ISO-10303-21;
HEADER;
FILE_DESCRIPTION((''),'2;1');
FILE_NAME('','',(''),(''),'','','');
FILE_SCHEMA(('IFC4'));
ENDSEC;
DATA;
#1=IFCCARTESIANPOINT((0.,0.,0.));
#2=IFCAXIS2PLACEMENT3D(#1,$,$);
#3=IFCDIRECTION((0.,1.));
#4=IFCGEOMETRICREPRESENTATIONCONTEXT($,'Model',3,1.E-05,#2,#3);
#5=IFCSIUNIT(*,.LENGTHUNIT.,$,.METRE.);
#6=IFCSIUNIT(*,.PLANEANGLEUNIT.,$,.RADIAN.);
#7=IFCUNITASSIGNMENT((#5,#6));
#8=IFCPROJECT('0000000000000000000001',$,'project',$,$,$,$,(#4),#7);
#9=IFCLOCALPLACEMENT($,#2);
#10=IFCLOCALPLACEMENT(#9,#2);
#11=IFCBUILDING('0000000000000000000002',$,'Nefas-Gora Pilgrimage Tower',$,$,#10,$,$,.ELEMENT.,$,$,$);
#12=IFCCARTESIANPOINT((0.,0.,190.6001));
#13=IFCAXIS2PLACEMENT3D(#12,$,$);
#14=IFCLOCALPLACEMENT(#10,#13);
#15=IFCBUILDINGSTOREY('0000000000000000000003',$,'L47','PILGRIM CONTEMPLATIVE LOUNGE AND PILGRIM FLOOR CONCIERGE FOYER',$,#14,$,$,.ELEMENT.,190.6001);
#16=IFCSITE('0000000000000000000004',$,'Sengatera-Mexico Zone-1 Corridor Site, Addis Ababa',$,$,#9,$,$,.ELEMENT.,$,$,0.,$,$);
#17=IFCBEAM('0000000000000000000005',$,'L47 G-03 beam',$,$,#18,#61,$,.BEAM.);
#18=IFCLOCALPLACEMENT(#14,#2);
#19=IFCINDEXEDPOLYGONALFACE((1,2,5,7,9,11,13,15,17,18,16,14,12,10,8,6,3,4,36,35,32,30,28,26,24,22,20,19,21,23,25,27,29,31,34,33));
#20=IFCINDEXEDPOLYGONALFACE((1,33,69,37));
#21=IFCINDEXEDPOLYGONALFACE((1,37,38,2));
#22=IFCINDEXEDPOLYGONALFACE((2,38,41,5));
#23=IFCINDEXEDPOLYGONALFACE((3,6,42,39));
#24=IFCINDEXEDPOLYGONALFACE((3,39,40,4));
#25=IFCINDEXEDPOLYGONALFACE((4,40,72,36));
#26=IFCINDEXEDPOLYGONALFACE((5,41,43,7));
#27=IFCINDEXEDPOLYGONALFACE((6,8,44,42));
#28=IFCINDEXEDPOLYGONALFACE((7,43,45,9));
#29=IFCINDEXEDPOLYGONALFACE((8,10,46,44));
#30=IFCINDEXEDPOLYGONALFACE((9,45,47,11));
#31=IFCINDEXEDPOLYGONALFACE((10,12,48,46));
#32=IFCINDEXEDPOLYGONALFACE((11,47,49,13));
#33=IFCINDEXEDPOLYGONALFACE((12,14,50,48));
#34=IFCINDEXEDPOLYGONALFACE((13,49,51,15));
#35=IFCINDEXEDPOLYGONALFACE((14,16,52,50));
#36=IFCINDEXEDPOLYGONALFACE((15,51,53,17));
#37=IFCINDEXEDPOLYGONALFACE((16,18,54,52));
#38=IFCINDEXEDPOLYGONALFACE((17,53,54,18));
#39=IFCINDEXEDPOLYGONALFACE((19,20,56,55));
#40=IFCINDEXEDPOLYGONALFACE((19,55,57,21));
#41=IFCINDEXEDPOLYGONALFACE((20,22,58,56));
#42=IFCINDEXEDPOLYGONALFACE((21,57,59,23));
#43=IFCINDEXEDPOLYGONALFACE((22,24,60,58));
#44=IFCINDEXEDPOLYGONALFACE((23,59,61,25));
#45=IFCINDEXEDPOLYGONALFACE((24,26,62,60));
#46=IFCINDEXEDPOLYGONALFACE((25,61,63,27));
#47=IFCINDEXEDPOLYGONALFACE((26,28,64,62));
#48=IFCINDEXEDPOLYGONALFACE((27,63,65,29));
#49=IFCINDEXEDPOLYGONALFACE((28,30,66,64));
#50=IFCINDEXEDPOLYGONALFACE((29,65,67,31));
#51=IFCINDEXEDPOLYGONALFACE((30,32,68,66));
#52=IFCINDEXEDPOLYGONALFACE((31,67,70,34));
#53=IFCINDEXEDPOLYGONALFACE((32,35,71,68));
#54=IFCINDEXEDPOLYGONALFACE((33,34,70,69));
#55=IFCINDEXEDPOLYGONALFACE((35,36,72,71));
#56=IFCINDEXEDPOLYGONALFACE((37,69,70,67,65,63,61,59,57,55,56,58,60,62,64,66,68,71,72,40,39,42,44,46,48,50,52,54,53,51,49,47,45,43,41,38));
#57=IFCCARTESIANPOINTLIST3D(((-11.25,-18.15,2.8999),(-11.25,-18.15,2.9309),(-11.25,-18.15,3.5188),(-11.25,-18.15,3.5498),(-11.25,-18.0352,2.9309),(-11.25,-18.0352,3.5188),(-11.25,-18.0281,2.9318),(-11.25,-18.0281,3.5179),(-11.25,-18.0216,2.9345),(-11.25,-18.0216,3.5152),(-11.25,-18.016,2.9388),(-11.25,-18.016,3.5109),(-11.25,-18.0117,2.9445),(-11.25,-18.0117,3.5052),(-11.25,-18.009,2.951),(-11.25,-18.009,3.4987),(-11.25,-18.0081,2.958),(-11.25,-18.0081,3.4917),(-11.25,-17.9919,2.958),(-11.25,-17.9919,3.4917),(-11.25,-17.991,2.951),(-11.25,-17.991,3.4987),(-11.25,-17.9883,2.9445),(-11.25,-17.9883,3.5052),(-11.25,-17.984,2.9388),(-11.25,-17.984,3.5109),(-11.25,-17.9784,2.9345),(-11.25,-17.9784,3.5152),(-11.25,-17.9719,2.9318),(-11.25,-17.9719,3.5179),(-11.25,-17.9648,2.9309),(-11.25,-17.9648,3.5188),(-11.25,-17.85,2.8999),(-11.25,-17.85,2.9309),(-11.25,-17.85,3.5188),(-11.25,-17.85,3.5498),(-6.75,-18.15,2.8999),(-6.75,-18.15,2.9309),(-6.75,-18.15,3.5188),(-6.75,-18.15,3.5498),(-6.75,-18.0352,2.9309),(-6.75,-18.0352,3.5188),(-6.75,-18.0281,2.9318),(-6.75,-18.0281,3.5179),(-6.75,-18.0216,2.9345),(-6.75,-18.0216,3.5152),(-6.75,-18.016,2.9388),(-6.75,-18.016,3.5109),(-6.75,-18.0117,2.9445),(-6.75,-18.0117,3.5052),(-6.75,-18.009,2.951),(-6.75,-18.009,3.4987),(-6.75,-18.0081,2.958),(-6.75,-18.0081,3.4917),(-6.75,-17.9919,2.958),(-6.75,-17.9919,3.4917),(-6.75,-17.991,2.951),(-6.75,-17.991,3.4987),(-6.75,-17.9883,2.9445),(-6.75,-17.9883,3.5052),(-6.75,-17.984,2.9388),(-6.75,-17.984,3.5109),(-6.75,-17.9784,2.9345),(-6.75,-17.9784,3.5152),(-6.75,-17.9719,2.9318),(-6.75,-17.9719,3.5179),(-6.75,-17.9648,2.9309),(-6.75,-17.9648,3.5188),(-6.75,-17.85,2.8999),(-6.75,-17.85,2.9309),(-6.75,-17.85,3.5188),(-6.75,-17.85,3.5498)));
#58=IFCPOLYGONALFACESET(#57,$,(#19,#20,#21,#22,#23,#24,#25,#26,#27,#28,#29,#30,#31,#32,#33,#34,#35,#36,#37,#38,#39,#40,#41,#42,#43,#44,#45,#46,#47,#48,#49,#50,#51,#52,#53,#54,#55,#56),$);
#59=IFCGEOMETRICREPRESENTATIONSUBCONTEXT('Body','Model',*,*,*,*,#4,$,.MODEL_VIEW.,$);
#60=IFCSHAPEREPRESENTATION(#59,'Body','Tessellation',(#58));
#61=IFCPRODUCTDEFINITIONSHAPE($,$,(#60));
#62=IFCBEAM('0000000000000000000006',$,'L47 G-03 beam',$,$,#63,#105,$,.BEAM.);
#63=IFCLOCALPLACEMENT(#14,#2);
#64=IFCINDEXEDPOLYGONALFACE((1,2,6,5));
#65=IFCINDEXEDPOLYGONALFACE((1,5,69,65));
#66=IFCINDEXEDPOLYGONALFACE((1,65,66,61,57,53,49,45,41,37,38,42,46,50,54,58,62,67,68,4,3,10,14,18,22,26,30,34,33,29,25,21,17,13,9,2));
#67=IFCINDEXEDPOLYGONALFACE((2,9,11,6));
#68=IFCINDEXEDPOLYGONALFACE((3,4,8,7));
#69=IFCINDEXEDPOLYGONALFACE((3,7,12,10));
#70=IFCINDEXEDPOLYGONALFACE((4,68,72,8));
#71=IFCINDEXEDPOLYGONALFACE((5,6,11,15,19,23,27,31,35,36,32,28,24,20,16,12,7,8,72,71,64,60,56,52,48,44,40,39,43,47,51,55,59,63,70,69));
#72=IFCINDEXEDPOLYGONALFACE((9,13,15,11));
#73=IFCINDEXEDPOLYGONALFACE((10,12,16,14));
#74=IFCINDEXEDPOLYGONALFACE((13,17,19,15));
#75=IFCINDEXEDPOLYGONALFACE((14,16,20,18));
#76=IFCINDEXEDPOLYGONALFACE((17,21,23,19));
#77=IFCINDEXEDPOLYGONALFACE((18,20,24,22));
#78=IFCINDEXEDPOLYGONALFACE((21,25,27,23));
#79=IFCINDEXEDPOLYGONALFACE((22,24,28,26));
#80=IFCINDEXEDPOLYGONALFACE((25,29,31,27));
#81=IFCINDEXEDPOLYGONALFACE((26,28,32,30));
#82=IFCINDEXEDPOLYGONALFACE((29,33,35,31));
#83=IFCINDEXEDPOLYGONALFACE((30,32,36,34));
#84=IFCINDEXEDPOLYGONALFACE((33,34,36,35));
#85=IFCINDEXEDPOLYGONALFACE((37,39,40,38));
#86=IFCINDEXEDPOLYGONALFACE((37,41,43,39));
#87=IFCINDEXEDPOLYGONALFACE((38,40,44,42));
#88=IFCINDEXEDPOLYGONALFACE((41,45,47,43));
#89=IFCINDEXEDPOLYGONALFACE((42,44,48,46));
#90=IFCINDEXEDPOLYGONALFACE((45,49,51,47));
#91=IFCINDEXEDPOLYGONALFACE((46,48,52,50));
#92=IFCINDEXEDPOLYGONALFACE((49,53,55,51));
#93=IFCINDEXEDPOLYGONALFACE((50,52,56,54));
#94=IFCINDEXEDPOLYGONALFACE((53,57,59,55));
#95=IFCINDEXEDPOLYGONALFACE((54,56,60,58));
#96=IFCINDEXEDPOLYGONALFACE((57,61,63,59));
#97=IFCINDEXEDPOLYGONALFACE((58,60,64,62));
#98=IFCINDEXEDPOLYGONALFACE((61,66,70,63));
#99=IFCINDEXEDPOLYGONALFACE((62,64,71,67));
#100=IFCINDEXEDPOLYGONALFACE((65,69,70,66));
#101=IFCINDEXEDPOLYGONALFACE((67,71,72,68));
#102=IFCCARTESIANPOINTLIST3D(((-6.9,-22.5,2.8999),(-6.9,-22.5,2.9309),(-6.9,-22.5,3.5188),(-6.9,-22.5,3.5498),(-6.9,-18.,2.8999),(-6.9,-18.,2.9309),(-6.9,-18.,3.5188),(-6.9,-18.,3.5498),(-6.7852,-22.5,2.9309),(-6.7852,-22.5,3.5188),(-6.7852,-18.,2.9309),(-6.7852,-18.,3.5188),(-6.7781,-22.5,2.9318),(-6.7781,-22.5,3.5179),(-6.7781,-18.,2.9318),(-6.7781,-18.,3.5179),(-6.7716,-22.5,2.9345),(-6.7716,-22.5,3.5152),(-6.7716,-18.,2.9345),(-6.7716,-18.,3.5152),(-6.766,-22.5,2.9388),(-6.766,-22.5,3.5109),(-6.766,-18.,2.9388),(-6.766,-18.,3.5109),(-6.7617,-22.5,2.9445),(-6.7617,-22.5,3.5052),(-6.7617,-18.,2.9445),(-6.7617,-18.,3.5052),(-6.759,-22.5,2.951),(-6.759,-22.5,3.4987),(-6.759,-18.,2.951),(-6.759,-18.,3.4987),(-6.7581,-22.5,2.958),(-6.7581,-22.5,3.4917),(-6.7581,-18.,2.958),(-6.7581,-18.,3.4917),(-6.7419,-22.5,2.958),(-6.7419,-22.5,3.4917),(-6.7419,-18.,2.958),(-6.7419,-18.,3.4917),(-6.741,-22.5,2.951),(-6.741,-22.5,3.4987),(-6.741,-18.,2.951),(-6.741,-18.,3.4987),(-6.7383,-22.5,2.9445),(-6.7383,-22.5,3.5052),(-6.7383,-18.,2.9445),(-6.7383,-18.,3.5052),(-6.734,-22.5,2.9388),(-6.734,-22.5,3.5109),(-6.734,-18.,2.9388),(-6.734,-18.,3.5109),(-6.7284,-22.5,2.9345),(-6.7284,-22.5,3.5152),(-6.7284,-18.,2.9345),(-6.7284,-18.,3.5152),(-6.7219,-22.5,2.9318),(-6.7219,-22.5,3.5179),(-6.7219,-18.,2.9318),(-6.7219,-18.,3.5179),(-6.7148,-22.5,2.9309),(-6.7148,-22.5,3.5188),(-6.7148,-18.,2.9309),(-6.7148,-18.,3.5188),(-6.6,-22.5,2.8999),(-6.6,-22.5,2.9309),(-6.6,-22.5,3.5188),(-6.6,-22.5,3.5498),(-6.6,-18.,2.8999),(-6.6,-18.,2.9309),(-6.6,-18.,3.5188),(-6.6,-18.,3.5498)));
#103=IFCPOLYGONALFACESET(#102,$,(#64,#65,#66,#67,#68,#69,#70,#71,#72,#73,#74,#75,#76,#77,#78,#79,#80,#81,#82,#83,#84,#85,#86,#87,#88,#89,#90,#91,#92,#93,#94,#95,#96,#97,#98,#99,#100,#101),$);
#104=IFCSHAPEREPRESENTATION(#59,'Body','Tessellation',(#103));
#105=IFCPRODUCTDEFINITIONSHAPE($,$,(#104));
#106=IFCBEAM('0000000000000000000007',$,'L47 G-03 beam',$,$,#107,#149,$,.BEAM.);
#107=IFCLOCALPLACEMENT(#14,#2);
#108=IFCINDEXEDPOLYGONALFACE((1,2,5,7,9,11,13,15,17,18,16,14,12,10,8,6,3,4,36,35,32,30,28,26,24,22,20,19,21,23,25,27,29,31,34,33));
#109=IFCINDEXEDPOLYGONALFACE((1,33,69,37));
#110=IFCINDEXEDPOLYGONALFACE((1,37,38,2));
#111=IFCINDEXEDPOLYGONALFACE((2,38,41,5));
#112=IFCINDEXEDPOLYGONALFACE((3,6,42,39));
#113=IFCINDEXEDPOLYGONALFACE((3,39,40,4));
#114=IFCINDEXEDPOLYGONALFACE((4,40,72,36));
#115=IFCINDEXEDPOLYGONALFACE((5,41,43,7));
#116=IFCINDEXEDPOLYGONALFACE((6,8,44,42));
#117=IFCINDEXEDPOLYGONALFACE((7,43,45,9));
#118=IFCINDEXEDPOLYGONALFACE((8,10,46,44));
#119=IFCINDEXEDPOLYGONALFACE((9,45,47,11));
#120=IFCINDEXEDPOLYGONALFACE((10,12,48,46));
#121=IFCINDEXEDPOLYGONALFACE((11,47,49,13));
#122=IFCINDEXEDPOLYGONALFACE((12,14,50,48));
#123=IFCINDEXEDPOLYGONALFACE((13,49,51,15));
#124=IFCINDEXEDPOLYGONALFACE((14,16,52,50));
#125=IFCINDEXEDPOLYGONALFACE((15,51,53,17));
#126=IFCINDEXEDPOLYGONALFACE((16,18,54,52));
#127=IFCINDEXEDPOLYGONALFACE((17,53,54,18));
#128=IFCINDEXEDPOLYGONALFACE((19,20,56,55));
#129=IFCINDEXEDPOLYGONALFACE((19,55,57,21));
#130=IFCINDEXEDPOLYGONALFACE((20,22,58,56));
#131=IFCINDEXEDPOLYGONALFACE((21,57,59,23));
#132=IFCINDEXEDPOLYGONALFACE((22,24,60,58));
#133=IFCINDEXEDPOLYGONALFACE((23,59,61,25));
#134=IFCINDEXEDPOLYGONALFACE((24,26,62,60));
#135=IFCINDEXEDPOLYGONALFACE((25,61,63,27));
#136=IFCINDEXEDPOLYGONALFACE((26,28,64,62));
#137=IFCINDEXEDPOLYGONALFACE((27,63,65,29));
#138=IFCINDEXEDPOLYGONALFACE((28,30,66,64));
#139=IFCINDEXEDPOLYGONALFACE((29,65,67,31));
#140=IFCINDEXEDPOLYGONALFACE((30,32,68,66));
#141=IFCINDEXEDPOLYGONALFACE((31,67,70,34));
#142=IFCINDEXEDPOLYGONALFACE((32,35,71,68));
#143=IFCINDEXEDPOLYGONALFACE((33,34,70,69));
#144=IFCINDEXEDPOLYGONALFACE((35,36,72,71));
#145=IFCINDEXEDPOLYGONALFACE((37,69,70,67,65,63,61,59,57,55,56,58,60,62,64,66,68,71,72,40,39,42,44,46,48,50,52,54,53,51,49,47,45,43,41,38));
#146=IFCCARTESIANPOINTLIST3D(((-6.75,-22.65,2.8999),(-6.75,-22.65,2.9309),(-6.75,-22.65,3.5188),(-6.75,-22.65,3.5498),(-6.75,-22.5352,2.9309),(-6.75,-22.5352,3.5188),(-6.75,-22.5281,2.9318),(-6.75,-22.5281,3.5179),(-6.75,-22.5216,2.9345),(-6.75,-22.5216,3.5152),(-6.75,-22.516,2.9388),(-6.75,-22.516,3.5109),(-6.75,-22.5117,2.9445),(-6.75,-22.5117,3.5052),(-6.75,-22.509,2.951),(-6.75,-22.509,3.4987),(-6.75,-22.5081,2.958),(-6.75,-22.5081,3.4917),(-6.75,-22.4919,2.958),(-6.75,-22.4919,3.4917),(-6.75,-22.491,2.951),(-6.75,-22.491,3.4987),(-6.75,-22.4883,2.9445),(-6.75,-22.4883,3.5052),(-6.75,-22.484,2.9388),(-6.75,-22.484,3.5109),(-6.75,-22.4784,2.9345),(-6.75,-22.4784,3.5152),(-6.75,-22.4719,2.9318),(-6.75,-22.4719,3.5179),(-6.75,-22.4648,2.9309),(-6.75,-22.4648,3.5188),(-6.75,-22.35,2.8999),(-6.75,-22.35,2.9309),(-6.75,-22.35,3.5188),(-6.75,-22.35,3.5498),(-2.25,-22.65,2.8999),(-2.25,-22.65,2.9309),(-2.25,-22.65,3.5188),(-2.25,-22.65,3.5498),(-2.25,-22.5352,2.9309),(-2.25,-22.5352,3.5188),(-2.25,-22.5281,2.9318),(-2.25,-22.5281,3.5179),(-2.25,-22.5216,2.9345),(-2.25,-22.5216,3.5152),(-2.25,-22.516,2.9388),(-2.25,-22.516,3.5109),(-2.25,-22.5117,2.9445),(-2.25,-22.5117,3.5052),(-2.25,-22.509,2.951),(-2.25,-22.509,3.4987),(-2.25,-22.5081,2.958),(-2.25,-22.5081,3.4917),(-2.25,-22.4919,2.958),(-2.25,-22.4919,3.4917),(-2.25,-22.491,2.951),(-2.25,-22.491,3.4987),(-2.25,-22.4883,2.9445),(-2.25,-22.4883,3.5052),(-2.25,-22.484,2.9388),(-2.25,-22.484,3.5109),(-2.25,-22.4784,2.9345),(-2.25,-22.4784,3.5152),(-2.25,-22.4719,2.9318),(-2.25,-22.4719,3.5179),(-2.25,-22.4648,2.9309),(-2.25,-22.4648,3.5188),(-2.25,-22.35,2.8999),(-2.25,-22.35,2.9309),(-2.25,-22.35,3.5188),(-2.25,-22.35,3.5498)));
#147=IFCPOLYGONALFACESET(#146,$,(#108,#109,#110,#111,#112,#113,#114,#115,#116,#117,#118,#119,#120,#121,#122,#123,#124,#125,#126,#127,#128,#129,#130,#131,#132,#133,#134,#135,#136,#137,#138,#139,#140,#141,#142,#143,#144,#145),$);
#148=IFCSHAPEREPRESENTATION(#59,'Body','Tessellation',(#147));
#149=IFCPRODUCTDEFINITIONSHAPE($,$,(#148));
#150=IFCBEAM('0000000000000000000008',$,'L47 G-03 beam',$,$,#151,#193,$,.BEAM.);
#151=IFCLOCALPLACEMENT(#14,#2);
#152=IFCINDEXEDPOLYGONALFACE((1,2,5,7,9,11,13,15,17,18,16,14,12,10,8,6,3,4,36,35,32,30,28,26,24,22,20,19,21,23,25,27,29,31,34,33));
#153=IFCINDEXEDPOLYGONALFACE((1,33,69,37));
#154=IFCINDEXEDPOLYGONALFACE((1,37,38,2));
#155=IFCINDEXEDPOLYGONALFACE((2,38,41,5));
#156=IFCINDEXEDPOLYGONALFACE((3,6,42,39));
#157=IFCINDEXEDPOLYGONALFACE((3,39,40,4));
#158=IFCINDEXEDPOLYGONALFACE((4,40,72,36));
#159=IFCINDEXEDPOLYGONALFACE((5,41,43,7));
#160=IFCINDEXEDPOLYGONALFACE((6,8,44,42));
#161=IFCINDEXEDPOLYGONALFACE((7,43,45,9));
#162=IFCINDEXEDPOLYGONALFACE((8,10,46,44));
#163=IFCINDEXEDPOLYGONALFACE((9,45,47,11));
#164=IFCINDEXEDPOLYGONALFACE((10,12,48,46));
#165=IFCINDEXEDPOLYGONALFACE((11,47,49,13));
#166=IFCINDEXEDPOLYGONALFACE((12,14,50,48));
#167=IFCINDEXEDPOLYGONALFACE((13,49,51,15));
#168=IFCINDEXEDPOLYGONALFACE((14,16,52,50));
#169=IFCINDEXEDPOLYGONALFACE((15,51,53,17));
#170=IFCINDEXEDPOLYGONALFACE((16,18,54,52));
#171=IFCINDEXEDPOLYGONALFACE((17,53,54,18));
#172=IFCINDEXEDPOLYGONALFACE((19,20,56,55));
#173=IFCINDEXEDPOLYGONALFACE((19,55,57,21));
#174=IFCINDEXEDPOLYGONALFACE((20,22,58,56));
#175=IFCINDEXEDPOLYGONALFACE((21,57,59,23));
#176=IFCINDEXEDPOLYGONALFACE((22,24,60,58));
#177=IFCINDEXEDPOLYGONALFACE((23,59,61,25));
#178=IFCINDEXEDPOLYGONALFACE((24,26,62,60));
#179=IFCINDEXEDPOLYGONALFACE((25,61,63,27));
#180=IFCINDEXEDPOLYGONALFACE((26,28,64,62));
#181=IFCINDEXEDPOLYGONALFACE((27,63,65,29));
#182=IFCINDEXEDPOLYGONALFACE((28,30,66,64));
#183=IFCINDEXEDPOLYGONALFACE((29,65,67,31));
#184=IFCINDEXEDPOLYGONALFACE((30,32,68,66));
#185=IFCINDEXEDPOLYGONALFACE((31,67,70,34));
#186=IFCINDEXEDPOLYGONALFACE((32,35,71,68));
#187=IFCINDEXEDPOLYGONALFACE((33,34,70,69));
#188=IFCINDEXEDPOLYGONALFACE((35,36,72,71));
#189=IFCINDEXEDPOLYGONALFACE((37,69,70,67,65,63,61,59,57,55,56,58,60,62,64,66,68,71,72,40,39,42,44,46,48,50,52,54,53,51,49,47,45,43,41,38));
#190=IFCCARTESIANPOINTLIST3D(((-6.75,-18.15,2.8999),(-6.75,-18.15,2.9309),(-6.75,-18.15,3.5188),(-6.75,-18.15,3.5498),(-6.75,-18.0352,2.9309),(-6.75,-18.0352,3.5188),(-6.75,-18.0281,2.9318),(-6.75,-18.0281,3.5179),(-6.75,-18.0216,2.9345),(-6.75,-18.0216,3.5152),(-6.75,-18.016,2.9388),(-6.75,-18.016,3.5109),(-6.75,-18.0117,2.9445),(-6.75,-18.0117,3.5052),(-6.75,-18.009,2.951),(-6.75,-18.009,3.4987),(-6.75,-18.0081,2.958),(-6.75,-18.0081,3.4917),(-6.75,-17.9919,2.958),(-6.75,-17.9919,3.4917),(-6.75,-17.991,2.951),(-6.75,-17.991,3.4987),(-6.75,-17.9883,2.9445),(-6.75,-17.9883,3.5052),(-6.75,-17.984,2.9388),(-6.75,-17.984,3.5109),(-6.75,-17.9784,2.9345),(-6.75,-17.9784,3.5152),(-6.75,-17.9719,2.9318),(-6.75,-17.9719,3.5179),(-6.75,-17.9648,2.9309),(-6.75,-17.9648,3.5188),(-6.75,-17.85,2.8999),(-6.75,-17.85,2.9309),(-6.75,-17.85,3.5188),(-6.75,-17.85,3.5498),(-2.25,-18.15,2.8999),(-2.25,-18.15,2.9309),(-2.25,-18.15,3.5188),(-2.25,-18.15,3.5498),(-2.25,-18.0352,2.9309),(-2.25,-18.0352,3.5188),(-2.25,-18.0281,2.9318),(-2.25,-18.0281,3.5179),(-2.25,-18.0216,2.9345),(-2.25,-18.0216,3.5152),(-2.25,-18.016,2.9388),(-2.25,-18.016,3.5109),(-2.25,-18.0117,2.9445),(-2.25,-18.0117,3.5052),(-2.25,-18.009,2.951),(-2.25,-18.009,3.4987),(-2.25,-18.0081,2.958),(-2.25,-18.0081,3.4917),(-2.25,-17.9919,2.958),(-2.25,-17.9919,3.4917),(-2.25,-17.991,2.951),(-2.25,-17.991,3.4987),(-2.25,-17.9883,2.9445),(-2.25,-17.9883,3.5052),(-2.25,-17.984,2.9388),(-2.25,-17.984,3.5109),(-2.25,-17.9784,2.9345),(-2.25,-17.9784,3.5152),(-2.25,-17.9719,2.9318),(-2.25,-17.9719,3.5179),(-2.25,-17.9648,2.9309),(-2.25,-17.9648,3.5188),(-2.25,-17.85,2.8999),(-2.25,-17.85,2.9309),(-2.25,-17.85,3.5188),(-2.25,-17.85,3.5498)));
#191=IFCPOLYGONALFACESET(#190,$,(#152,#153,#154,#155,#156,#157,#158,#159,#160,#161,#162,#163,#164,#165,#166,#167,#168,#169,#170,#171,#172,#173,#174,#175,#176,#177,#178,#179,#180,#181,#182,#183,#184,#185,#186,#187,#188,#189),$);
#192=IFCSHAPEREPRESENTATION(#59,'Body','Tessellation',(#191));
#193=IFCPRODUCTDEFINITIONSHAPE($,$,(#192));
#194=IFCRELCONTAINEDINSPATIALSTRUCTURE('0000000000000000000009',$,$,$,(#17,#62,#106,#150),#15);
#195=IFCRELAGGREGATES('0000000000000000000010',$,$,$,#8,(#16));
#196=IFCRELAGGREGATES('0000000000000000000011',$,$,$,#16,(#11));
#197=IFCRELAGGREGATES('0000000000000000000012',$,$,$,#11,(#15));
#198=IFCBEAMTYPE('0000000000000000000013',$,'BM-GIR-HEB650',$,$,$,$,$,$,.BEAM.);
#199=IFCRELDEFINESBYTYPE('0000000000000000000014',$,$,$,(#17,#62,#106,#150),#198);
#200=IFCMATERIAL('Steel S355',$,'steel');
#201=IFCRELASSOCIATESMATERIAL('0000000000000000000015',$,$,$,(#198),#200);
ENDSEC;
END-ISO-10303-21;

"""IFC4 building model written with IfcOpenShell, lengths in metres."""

from ifc_helpers import new_model, si_unit, direction, frame, origin, origin_2d, place, context, subcontext, project, spatial, i_section, extrude, source, transform, mapped, material, material_profile, profile_set, type_object, element, save


model = new_model("IFC4")

# Units and contexts
model_context = context("Model", 3, precision=1e-05, world=origin(), true_north=direction((0.0, 1.0)))
body_context = subcontext(model_context, "Body", "Model", "MODEL_VIEW")
ifc_project = project(units=[si_unit("LENGTHUNIT", "METRE"), si_unit("PLANEANGLEUNIT", "RADIAN")], contexts=[model_context])

# Site, building, storey
site_placement = place(None, origin())
site = spatial("IfcSite", under=ifc_project, at=site_placement, Name="Sengatera-Mexico Zone-1 Corridor Site, Addis Ababa", CompositionType="ELEMENT", RefElevation=0.0)
building_placement = place(site_placement, origin())
building = spatial("IfcBuilding", under=site, at=building_placement, Name="Nefas-Gora Pilgrimage Tower", CompositionType="ELEMENT")
storey_placement = place(building_placement, frame((0.0, 0.0, 190.6001)))
storey = spatial("IfcBuildingStorey", under=building, at=storey_placement, Name="L47", Description="PILGRIM CONTEMPLATIVE LOUNGE AND PILGRIM FLOOR CONCIERGE FOYER", CompositionType="ELEMENT", Elevation=190.6001)

# Beams
ifc_material_1 = material(Name="Steel S355", Category="steel")
ifc_material_profile_1 = material_profile(ifc_material_1, i_section(OverallWidth=0.3, OverallDepth=0.6499, WebThickness=0.0161, FlangeThickness=0.031, FilletRadius=0.0271, at=origin_2d()), Name="HEB 650")
ifc_profile_set_1 = profile_set([ifc_material_profile_1], Name="Steel S355")
beam_type = type_object("IfcBeamType", Name="BM-GIR-HEB650", PredefinedType="BEAM", material=ifc_profile_set_1)
shared_shape_1 = source(origin(), body_context, "Body", "SweptSolid", [
    extrude(i_section(OverallWidth=0.3, OverallDepth=0.6499, WebThickness=0.0161, FlangeThickness=0.031, FilletRadius=0.0271, at=origin_2d()), origin(), (0.0, 0.0, 1.0), 4.5),
])
for number, where, z_axis, x_axis, name in (
    (1, (-11.25, -18.0, 3.2249), (1.0, 0.0, 0.0), (0.0, 1.0, 0.0), "L47 G-03 beam"),
    (2, (-6.75, -22.5, 3.2249), (0.0, 1.0, 0.0), (-1.0, 0.0, 0.0), "L47 G-03 beam"),
    (3, (-6.75, -22.5, 3.2249), (1.0, 0.0, 0.0), (0.0, 1.0, 0.0), "L47 G-03 beam"),
    (4, (-6.75, -18.0, 3.2249), (1.0, 0.0, 0.0), (0.0, 1.0, 0.0), "L47 G-03 beam"),
):
    element("IfcBeam", number, at=place(storey_placement, frame(where, z_axis=z_axis, x_axis=x_axis)), inside=storey, type_object=beam_type, Name=name, PredefinedType="BEAM", context=body_context, shape_type="MappedRepresentation", body=[
        mapped(shared_shape_1, transform((0.0, 0.0, 0.0), x_axis=(1.0, 0.0, 0.0), y_axis=(0.0, 1.0, 0.0), z_axis=(0.0, 0.0, 1.0), scale=1.0)),
    ])

save(model, "model.ifc")
